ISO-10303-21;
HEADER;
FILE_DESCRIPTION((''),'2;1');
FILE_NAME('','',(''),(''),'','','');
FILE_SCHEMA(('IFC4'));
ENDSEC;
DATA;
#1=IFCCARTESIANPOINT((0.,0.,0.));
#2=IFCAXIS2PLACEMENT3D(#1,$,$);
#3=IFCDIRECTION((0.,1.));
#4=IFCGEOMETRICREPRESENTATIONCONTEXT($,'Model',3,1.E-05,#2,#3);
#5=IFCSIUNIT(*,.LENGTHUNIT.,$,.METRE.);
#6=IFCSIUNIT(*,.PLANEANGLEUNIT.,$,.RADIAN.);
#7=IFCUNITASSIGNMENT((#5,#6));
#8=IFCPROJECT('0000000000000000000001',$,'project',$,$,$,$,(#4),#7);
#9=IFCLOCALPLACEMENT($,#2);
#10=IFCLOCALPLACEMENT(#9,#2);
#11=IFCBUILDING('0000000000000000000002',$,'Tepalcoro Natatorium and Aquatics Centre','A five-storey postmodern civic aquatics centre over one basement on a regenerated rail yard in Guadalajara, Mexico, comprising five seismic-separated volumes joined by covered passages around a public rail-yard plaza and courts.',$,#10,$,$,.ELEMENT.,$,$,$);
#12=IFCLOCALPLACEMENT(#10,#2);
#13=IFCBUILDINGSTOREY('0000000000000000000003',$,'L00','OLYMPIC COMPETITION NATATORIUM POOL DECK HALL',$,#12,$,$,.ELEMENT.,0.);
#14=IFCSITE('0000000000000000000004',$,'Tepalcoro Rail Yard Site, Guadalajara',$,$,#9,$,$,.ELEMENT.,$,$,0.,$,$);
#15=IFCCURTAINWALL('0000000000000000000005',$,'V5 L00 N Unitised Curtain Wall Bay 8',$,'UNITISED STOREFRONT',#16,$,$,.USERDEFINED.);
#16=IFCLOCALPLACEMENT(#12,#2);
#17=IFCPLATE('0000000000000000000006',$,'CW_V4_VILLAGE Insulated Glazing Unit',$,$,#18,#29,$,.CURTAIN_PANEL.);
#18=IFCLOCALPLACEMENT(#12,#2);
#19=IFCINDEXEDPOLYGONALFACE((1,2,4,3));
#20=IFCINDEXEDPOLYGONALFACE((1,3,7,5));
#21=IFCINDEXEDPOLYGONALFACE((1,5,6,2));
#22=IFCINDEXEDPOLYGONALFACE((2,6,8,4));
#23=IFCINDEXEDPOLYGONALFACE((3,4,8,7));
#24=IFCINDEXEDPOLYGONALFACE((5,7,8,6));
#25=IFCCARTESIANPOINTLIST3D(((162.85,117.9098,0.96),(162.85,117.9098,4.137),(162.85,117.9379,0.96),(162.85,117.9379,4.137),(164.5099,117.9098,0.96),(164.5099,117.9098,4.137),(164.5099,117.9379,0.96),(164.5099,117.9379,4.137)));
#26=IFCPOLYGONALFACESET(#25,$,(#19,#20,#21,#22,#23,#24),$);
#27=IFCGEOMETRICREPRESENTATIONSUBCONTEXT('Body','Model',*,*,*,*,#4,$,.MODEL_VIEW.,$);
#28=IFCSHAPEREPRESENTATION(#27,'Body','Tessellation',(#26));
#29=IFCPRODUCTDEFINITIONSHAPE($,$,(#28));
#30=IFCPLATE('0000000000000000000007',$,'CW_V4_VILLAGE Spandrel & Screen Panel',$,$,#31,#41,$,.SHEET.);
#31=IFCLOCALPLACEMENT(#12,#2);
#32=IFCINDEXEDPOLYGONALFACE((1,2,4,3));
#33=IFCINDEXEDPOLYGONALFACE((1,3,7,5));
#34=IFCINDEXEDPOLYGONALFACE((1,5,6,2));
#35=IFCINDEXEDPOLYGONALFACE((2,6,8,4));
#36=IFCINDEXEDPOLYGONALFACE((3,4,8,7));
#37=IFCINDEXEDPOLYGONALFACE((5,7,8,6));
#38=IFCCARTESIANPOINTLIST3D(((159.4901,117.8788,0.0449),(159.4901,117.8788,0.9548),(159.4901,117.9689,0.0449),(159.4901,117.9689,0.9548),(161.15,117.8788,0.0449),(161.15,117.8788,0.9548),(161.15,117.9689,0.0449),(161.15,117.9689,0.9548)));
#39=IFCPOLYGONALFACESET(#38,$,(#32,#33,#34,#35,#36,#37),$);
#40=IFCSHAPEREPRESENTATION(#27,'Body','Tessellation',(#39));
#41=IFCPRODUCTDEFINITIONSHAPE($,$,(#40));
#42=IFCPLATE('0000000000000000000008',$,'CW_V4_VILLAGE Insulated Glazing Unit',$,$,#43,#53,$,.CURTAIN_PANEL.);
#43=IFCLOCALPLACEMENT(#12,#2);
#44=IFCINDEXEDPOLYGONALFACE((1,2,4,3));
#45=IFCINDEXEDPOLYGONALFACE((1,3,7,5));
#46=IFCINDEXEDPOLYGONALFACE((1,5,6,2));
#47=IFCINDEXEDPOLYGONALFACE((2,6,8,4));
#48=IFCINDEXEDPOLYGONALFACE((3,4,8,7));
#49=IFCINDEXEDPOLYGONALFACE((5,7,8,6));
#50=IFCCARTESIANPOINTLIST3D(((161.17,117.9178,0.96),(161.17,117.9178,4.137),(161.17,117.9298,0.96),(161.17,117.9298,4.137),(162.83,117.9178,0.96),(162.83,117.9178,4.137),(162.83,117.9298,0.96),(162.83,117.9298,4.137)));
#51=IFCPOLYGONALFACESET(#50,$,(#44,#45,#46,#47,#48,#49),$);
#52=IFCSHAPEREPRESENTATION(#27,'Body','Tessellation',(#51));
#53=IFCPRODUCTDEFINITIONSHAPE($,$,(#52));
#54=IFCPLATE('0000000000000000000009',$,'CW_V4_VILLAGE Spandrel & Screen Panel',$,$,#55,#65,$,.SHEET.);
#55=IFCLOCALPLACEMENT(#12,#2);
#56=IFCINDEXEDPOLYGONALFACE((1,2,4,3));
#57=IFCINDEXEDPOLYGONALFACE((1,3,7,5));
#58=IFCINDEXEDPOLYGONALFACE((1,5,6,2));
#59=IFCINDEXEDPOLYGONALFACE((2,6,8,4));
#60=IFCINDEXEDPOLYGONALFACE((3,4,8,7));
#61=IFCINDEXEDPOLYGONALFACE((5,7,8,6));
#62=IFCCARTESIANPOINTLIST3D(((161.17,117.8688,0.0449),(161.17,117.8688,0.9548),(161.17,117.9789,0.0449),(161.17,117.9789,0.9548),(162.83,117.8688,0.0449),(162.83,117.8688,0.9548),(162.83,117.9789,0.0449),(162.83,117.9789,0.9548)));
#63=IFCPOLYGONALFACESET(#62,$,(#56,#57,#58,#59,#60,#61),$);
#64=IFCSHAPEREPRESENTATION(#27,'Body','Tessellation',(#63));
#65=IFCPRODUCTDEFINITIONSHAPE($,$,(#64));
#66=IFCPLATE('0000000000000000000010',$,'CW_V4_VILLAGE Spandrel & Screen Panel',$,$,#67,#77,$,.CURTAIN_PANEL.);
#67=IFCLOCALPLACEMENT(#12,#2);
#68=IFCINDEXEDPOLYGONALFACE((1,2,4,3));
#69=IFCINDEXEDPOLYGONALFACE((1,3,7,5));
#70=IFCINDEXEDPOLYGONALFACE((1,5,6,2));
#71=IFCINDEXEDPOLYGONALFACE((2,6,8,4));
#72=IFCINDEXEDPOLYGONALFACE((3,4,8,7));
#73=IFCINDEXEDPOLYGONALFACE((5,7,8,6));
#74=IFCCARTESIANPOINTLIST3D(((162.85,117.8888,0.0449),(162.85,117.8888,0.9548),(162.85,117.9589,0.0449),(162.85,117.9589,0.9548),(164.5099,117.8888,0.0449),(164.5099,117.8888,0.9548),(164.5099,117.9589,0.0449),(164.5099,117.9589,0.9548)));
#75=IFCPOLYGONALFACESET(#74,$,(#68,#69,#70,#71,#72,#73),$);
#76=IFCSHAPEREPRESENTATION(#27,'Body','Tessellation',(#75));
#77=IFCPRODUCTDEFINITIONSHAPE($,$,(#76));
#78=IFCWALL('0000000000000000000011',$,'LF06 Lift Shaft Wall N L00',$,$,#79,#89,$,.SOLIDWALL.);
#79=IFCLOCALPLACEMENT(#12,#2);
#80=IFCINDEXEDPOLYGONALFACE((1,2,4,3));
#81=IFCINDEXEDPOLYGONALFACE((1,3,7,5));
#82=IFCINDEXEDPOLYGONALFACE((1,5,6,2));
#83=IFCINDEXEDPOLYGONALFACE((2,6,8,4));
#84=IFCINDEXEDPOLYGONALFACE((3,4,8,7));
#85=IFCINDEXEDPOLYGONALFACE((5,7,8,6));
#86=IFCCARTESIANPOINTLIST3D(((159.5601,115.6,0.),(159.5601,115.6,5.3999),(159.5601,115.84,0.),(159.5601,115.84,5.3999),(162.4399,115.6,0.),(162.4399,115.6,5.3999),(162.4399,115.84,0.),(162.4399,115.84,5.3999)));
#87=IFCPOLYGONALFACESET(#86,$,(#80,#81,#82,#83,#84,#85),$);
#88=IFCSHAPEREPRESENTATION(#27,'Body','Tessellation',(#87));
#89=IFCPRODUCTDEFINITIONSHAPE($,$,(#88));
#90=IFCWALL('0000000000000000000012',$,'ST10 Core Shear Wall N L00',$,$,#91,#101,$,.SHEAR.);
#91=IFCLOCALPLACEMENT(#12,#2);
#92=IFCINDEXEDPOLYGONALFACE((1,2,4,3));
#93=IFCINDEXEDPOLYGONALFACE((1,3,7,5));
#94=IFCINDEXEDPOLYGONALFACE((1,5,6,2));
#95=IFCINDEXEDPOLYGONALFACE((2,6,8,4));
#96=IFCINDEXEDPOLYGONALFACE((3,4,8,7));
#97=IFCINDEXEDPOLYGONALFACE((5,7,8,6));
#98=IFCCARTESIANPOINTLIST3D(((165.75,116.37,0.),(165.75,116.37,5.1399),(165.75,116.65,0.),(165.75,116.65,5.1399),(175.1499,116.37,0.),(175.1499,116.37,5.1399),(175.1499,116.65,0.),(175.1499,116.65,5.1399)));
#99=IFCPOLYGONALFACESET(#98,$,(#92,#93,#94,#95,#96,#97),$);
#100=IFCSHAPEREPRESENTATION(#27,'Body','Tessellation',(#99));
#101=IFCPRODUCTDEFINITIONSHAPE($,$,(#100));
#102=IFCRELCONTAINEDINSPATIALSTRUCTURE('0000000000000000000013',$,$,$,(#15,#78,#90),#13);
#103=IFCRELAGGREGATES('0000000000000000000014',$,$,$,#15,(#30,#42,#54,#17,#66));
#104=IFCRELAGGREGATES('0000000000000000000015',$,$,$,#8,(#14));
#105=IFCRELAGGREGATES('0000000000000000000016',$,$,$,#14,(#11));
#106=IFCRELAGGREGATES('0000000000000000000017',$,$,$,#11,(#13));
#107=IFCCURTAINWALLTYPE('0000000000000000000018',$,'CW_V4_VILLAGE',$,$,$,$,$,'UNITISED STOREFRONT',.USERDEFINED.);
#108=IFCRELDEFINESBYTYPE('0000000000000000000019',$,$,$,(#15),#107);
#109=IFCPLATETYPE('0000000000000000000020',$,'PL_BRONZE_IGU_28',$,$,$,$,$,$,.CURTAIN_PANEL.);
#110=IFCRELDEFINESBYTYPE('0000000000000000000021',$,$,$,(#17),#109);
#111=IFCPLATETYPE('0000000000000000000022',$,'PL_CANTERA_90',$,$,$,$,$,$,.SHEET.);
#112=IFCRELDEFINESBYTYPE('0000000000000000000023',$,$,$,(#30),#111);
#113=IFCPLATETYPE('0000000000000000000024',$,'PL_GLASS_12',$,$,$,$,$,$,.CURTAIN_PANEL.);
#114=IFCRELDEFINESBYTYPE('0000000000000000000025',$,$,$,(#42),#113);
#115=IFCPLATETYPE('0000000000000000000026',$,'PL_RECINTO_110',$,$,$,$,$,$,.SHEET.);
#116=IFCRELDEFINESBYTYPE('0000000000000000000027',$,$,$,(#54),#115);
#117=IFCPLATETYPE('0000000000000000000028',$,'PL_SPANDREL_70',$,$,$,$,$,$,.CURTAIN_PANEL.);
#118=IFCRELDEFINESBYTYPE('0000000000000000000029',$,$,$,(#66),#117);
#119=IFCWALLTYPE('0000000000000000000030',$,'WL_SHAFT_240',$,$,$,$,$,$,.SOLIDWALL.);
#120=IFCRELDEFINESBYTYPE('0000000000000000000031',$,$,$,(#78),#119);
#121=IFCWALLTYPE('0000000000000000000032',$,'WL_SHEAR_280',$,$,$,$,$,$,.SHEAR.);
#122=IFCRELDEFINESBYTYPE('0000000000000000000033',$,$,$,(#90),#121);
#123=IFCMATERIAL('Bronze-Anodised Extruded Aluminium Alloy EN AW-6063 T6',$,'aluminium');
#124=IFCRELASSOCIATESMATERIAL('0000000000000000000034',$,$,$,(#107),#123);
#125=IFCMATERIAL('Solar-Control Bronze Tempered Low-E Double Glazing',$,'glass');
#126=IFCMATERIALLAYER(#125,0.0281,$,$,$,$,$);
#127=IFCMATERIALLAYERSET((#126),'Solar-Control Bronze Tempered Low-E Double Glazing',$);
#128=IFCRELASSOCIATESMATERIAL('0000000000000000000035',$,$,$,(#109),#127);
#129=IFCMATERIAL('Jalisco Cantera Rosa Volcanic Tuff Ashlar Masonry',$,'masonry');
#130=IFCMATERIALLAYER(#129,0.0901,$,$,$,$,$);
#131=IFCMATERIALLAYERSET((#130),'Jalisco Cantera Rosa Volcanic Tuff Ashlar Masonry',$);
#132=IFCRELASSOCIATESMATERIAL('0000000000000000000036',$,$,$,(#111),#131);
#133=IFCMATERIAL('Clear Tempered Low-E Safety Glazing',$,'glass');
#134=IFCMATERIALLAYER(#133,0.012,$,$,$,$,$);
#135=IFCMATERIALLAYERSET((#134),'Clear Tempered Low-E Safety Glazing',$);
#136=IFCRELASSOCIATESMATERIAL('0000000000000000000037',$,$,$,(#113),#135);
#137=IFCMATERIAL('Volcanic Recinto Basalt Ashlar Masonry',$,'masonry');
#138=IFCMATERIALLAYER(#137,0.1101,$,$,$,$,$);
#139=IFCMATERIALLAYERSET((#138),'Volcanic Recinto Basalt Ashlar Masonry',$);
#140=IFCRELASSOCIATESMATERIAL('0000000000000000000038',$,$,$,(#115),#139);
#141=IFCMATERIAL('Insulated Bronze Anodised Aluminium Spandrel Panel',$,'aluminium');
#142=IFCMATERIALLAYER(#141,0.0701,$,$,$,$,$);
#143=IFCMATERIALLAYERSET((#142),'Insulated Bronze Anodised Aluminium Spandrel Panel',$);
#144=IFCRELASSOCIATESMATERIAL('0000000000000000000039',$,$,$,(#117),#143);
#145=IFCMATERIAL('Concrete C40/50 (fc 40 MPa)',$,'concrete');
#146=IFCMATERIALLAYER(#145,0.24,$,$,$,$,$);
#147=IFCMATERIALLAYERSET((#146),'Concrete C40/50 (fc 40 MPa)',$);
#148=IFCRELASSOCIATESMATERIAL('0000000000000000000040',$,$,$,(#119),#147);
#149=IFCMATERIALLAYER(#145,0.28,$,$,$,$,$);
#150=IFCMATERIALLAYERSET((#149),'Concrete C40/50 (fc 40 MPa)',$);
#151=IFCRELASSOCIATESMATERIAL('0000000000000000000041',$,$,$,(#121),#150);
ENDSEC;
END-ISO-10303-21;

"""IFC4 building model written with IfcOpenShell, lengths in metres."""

from ifc_helpers import new_model, si_unit, direction, frame, frame_2d, origin, origin_2d, place, context, subcontext, project, spatial, rectangle, extrude, material, layer, layer_set, type_object, element, aggregate, save


model = new_model("IFC4")

# Units and contexts
model_context = context("Model", 3, precision=1e-05, world=origin(), true_north=direction((0.0, 1.0)))
body_context = subcontext(model_context, "Body", "Model", "MODEL_VIEW")
ifc_project = project(units=[si_unit("LENGTHUNIT", "METRE"), si_unit("PLANEANGLEUNIT", "RADIAN")], contexts=[model_context])

# Site, building, storey
site_placement = place(None, origin())
site = spatial("IfcSite", under=ifc_project, at=site_placement, Name="Tepalcoro Rail Yard Site, Guadalajara", CompositionType="ELEMENT", RefElevation=0.0)
building_placement = place(site_placement, origin())
building = spatial("IfcBuilding", under=site, at=building_placement, Name="Tepalcoro Natatorium and Aquatics Centre", Description="A five-storey postmodern civic aquatics centre over one basement on a regenerated rail yard in Guadalajara, Mexico, comprising five seismic-separated volumes joined by covered passages around a public rail-yard plaza and courts.", CompositionType="ELEMENT")
storey_placement = place(building_placement, origin())
storey = spatial("IfcBuildingStorey", under=building, at=storey_placement, Name="L00", Description="OLYMPIC COMPETITION NATATORIUM POOL DECK HALL", CompositionType="ELEMENT", Elevation=0.0)

# Shared definitions
ifc_material_1 = material(Name="Concrete C40/50 (fc 40 MPa)", Category="concrete")

# Curtain wall
ifc_material_2 = material(Name="Bronze-Anodised Extruded Aluminium Alloy EN AW-6063 T6", Category="aluminium")
curtain_wall_type = type_object("IfcCurtainWallType", Name="CW_V4_VILLAGE", ElementType="UNITISED STOREFRONT", PredefinedType="USERDEFINED", material=ifc_material_2)
curtain_wall_placement = place(storey_placement, origin())
curtain_wall = element("IfcCurtainWall", 1, at=curtain_wall_placement, inside=storey, type_object=curtain_wall_type, Name="V5 L00 N Unitised Curtain Wall Bay 8", ObjectType="UNITISED STOREFRONT", PredefinedType="USERDEFINED")

# Plates
ifc_material_3 = material(Name="Solar-Control Bronze Tempered Low-E Double Glazing", Category="glass")
ifc_layer_1 = layer(ifc_material_3, 0.0281)
ifc_layer_set_1 = layer_set([ifc_layer_1], Name="Solar-Control Bronze Tempered Low-E Double Glazing")
plate_type_1 = type_object("IfcPlateType", Name="PL_BRONZE_IGU_28", PredefinedType="CURTAIN_PANEL", material=ifc_layer_set_1)
plate_1_placement = place(storey_placement, frame((163.6799, 117.9238, 0.96), z_axis=(0.0, 0.0, 1.0), x_axis=(1.0, 0.0, 0.0)))
plate_1 = element("IfcPlate", 2, at=plate_1_placement, type_object=plate_type_1, Name="CW_V4_VILLAGE Insulated Glazing Unit", PredefinedType="CURTAIN_PANEL", context=body_context, shape_type="SweptSolid", body=[
    extrude(rectangle(XDim=1.6599, YDim=0.0281, at=origin_2d()), origin(), (0.0, 0.0, 1.0), 3.177),
])
ifc_material_4 = material(Name="Jalisco Cantera Rosa Volcanic Tuff Ashlar Masonry", Category="masonry")
ifc_layer_2 = layer(ifc_material_4, 0.0901)
ifc_layer_set_2 = layer_set([ifc_layer_2], Name="Jalisco Cantera Rosa Volcanic Tuff Ashlar Masonry")
plate_type_2 = type_object("IfcPlateType", Name="PL_CANTERA_90", PredefinedType="SHEET", material=ifc_layer_set_2)
plate_2_placement = place(storey_placement, frame((160.3201, 117.9238, 0.0449), z_axis=(0.0, 0.0, 1.0), x_axis=(1.0, 0.0, 0.0)))
plate_2 = element("IfcPlate", 3, at=plate_2_placement, type_object=plate_type_2, Name="CW_V4_VILLAGE Spandrel & Screen Panel", PredefinedType="SHEET", context=body_context, shape_type="SweptSolid", body=[
    extrude(rectangle(XDim=1.6599, YDim=0.0901, at=origin_2d()), origin(), (0.0, 0.0, 1.0), 0.9099),
])
ifc_material_5 = material(Name="Clear Tempered Low-E Safety Glazing", Category="glass")
ifc_layer_3 = layer(ifc_material_5, 0.012)
ifc_layer_set_3 = layer_set([ifc_layer_3], Name="Clear Tempered Low-E Safety Glazing")
plate_type_3 = type_object("IfcPlateType", Name="PL_GLASS_12", PredefinedType="CURTAIN_PANEL", material=ifc_layer_set_3)
plate_3_placement = place(storey_placement, frame((162.0, 117.9238, 0.96), z_axis=(0.0, 0.0, 1.0), x_axis=(1.0, 0.0, 0.0)))
plate_3 = element("IfcPlate", 4, at=plate_3_placement, type_object=plate_type_3, Name="CW_V4_VILLAGE Insulated Glazing Unit", PredefinedType="CURTAIN_PANEL", context=body_context, shape_type="SweptSolid", body=[
    extrude(rectangle(XDim=1.6599, YDim=0.012, at=origin_2d()), origin(), (0.0, 0.0, 1.0), 3.177),
])
ifc_material_6 = material(Name="Volcanic Recinto Basalt Ashlar Masonry", Category="masonry")
ifc_layer_4 = layer(ifc_material_6, 0.1101)
ifc_layer_set_4 = layer_set([ifc_layer_4], Name="Volcanic Recinto Basalt Ashlar Masonry")
plate_type_4 = type_object("IfcPlateType", Name="PL_RECINTO_110", PredefinedType="SHEET", material=ifc_layer_set_4)
plate_4_placement = place(storey_placement, frame((162.0, 117.9238, 0.0449), z_axis=(0.0, 0.0, 1.0), x_axis=(1.0, 0.0, 0.0)))
plate_4 = element("IfcPlate", 5, at=plate_4_placement, type_object=plate_type_4, Name="CW_V4_VILLAGE Spandrel & Screen Panel", PredefinedType="SHEET", context=body_context, shape_type="SweptSolid", body=[
    extrude(rectangle(XDim=1.6599, YDim=0.1101, at=origin_2d()), origin(), (0.0, 0.0, 1.0), 0.9099),
])
ifc_material_7 = material(Name="Insulated Bronze Anodised Aluminium Spandrel Panel", Category="aluminium")
ifc_layer_5 = layer(ifc_material_7, 0.0701)
ifc_layer_set_5 = layer_set([ifc_layer_5], Name="Insulated Bronze Anodised Aluminium Spandrel Panel")
plate_type_5 = type_object("IfcPlateType", Name="PL_SPANDREL_70", PredefinedType="CURTAIN_PANEL", material=ifc_layer_set_5)
plate_5_placement = place(storey_placement, frame((163.6799, 117.9238, 0.0449), z_axis=(0.0, 0.0, 1.0), x_axis=(1.0, 0.0, 0.0)))
plate_5 = element("IfcPlate", 6, at=plate_5_placement, type_object=plate_type_5, Name="CW_V4_VILLAGE Spandrel & Screen Panel", PredefinedType="CURTAIN_PANEL", context=body_context, shape_type="SweptSolid", body=[
    extrude(rectangle(XDim=1.6599, YDim=0.0701, at=origin_2d()), origin(), (0.0, 0.0, 1.0), 0.9099),
])
aggregate(curtain_wall, [plate_2, plate_3, plate_4, plate_1, plate_5])

# Walls
ifc_layer_6 = layer(ifc_material_1, 0.24)
ifc_layer_set_6 = layer_set([ifc_layer_6], Name="Concrete C40/50 (fc 40 MPa)")
wall_type_1 = type_object("IfcWallType", Name="WL_SHAFT_240", PredefinedType="SOLIDWALL", material=ifc_layer_set_6)
wall_1_placement = place(storey_placement, frame((159.5601, 115.72, 0.0), z_axis=(0.0, 0.0, 1.0), x_axis=(1.0, 0.0, 0.0)))
element("IfcWall", 7, at=wall_1_placement, inside=storey, type_object=wall_type_1, Name="LF06 Lift Shaft Wall N L00", PredefinedType="SOLIDWALL", context=body_context, shape_type="SweptSolid", body=[
    extrude(rectangle(XDim=2.8799, YDim=0.24, at=frame_2d((1.4399, 0.0))), origin(), (0.0, 0.0, 1.0), 5.3999),
])
ifc_layer_7 = layer(ifc_material_1, 0.28)
ifc_layer_set_7 = layer_set([ifc_layer_7], Name="Concrete C40/50 (fc 40 MPa)")
wall_type_2 = type_object("IfcWallType", Name="WL_SHEAR_280", PredefinedType="SHEAR", material=ifc_layer_set_7)
wall_2_placement = place(storey_placement, frame((165.75, 116.51, 0.0), z_axis=(0.0, 0.0, 1.0), x_axis=(1.0, 0.0, 0.0)))
element("IfcWall", 8, at=wall_2_placement, inside=storey, type_object=wall_type_2, Name="ST10 Core Shear Wall N L00", PredefinedType="SHEAR", context=body_context, shape_type="SweptSolid", body=[
    extrude(rectangle(XDim=9.3999, YDim=0.28, at=frame_2d((4.7, 0.0))), origin(), (0.0, 0.0, 1.0), 5.1399),
])

save(model, "model.ifc")
